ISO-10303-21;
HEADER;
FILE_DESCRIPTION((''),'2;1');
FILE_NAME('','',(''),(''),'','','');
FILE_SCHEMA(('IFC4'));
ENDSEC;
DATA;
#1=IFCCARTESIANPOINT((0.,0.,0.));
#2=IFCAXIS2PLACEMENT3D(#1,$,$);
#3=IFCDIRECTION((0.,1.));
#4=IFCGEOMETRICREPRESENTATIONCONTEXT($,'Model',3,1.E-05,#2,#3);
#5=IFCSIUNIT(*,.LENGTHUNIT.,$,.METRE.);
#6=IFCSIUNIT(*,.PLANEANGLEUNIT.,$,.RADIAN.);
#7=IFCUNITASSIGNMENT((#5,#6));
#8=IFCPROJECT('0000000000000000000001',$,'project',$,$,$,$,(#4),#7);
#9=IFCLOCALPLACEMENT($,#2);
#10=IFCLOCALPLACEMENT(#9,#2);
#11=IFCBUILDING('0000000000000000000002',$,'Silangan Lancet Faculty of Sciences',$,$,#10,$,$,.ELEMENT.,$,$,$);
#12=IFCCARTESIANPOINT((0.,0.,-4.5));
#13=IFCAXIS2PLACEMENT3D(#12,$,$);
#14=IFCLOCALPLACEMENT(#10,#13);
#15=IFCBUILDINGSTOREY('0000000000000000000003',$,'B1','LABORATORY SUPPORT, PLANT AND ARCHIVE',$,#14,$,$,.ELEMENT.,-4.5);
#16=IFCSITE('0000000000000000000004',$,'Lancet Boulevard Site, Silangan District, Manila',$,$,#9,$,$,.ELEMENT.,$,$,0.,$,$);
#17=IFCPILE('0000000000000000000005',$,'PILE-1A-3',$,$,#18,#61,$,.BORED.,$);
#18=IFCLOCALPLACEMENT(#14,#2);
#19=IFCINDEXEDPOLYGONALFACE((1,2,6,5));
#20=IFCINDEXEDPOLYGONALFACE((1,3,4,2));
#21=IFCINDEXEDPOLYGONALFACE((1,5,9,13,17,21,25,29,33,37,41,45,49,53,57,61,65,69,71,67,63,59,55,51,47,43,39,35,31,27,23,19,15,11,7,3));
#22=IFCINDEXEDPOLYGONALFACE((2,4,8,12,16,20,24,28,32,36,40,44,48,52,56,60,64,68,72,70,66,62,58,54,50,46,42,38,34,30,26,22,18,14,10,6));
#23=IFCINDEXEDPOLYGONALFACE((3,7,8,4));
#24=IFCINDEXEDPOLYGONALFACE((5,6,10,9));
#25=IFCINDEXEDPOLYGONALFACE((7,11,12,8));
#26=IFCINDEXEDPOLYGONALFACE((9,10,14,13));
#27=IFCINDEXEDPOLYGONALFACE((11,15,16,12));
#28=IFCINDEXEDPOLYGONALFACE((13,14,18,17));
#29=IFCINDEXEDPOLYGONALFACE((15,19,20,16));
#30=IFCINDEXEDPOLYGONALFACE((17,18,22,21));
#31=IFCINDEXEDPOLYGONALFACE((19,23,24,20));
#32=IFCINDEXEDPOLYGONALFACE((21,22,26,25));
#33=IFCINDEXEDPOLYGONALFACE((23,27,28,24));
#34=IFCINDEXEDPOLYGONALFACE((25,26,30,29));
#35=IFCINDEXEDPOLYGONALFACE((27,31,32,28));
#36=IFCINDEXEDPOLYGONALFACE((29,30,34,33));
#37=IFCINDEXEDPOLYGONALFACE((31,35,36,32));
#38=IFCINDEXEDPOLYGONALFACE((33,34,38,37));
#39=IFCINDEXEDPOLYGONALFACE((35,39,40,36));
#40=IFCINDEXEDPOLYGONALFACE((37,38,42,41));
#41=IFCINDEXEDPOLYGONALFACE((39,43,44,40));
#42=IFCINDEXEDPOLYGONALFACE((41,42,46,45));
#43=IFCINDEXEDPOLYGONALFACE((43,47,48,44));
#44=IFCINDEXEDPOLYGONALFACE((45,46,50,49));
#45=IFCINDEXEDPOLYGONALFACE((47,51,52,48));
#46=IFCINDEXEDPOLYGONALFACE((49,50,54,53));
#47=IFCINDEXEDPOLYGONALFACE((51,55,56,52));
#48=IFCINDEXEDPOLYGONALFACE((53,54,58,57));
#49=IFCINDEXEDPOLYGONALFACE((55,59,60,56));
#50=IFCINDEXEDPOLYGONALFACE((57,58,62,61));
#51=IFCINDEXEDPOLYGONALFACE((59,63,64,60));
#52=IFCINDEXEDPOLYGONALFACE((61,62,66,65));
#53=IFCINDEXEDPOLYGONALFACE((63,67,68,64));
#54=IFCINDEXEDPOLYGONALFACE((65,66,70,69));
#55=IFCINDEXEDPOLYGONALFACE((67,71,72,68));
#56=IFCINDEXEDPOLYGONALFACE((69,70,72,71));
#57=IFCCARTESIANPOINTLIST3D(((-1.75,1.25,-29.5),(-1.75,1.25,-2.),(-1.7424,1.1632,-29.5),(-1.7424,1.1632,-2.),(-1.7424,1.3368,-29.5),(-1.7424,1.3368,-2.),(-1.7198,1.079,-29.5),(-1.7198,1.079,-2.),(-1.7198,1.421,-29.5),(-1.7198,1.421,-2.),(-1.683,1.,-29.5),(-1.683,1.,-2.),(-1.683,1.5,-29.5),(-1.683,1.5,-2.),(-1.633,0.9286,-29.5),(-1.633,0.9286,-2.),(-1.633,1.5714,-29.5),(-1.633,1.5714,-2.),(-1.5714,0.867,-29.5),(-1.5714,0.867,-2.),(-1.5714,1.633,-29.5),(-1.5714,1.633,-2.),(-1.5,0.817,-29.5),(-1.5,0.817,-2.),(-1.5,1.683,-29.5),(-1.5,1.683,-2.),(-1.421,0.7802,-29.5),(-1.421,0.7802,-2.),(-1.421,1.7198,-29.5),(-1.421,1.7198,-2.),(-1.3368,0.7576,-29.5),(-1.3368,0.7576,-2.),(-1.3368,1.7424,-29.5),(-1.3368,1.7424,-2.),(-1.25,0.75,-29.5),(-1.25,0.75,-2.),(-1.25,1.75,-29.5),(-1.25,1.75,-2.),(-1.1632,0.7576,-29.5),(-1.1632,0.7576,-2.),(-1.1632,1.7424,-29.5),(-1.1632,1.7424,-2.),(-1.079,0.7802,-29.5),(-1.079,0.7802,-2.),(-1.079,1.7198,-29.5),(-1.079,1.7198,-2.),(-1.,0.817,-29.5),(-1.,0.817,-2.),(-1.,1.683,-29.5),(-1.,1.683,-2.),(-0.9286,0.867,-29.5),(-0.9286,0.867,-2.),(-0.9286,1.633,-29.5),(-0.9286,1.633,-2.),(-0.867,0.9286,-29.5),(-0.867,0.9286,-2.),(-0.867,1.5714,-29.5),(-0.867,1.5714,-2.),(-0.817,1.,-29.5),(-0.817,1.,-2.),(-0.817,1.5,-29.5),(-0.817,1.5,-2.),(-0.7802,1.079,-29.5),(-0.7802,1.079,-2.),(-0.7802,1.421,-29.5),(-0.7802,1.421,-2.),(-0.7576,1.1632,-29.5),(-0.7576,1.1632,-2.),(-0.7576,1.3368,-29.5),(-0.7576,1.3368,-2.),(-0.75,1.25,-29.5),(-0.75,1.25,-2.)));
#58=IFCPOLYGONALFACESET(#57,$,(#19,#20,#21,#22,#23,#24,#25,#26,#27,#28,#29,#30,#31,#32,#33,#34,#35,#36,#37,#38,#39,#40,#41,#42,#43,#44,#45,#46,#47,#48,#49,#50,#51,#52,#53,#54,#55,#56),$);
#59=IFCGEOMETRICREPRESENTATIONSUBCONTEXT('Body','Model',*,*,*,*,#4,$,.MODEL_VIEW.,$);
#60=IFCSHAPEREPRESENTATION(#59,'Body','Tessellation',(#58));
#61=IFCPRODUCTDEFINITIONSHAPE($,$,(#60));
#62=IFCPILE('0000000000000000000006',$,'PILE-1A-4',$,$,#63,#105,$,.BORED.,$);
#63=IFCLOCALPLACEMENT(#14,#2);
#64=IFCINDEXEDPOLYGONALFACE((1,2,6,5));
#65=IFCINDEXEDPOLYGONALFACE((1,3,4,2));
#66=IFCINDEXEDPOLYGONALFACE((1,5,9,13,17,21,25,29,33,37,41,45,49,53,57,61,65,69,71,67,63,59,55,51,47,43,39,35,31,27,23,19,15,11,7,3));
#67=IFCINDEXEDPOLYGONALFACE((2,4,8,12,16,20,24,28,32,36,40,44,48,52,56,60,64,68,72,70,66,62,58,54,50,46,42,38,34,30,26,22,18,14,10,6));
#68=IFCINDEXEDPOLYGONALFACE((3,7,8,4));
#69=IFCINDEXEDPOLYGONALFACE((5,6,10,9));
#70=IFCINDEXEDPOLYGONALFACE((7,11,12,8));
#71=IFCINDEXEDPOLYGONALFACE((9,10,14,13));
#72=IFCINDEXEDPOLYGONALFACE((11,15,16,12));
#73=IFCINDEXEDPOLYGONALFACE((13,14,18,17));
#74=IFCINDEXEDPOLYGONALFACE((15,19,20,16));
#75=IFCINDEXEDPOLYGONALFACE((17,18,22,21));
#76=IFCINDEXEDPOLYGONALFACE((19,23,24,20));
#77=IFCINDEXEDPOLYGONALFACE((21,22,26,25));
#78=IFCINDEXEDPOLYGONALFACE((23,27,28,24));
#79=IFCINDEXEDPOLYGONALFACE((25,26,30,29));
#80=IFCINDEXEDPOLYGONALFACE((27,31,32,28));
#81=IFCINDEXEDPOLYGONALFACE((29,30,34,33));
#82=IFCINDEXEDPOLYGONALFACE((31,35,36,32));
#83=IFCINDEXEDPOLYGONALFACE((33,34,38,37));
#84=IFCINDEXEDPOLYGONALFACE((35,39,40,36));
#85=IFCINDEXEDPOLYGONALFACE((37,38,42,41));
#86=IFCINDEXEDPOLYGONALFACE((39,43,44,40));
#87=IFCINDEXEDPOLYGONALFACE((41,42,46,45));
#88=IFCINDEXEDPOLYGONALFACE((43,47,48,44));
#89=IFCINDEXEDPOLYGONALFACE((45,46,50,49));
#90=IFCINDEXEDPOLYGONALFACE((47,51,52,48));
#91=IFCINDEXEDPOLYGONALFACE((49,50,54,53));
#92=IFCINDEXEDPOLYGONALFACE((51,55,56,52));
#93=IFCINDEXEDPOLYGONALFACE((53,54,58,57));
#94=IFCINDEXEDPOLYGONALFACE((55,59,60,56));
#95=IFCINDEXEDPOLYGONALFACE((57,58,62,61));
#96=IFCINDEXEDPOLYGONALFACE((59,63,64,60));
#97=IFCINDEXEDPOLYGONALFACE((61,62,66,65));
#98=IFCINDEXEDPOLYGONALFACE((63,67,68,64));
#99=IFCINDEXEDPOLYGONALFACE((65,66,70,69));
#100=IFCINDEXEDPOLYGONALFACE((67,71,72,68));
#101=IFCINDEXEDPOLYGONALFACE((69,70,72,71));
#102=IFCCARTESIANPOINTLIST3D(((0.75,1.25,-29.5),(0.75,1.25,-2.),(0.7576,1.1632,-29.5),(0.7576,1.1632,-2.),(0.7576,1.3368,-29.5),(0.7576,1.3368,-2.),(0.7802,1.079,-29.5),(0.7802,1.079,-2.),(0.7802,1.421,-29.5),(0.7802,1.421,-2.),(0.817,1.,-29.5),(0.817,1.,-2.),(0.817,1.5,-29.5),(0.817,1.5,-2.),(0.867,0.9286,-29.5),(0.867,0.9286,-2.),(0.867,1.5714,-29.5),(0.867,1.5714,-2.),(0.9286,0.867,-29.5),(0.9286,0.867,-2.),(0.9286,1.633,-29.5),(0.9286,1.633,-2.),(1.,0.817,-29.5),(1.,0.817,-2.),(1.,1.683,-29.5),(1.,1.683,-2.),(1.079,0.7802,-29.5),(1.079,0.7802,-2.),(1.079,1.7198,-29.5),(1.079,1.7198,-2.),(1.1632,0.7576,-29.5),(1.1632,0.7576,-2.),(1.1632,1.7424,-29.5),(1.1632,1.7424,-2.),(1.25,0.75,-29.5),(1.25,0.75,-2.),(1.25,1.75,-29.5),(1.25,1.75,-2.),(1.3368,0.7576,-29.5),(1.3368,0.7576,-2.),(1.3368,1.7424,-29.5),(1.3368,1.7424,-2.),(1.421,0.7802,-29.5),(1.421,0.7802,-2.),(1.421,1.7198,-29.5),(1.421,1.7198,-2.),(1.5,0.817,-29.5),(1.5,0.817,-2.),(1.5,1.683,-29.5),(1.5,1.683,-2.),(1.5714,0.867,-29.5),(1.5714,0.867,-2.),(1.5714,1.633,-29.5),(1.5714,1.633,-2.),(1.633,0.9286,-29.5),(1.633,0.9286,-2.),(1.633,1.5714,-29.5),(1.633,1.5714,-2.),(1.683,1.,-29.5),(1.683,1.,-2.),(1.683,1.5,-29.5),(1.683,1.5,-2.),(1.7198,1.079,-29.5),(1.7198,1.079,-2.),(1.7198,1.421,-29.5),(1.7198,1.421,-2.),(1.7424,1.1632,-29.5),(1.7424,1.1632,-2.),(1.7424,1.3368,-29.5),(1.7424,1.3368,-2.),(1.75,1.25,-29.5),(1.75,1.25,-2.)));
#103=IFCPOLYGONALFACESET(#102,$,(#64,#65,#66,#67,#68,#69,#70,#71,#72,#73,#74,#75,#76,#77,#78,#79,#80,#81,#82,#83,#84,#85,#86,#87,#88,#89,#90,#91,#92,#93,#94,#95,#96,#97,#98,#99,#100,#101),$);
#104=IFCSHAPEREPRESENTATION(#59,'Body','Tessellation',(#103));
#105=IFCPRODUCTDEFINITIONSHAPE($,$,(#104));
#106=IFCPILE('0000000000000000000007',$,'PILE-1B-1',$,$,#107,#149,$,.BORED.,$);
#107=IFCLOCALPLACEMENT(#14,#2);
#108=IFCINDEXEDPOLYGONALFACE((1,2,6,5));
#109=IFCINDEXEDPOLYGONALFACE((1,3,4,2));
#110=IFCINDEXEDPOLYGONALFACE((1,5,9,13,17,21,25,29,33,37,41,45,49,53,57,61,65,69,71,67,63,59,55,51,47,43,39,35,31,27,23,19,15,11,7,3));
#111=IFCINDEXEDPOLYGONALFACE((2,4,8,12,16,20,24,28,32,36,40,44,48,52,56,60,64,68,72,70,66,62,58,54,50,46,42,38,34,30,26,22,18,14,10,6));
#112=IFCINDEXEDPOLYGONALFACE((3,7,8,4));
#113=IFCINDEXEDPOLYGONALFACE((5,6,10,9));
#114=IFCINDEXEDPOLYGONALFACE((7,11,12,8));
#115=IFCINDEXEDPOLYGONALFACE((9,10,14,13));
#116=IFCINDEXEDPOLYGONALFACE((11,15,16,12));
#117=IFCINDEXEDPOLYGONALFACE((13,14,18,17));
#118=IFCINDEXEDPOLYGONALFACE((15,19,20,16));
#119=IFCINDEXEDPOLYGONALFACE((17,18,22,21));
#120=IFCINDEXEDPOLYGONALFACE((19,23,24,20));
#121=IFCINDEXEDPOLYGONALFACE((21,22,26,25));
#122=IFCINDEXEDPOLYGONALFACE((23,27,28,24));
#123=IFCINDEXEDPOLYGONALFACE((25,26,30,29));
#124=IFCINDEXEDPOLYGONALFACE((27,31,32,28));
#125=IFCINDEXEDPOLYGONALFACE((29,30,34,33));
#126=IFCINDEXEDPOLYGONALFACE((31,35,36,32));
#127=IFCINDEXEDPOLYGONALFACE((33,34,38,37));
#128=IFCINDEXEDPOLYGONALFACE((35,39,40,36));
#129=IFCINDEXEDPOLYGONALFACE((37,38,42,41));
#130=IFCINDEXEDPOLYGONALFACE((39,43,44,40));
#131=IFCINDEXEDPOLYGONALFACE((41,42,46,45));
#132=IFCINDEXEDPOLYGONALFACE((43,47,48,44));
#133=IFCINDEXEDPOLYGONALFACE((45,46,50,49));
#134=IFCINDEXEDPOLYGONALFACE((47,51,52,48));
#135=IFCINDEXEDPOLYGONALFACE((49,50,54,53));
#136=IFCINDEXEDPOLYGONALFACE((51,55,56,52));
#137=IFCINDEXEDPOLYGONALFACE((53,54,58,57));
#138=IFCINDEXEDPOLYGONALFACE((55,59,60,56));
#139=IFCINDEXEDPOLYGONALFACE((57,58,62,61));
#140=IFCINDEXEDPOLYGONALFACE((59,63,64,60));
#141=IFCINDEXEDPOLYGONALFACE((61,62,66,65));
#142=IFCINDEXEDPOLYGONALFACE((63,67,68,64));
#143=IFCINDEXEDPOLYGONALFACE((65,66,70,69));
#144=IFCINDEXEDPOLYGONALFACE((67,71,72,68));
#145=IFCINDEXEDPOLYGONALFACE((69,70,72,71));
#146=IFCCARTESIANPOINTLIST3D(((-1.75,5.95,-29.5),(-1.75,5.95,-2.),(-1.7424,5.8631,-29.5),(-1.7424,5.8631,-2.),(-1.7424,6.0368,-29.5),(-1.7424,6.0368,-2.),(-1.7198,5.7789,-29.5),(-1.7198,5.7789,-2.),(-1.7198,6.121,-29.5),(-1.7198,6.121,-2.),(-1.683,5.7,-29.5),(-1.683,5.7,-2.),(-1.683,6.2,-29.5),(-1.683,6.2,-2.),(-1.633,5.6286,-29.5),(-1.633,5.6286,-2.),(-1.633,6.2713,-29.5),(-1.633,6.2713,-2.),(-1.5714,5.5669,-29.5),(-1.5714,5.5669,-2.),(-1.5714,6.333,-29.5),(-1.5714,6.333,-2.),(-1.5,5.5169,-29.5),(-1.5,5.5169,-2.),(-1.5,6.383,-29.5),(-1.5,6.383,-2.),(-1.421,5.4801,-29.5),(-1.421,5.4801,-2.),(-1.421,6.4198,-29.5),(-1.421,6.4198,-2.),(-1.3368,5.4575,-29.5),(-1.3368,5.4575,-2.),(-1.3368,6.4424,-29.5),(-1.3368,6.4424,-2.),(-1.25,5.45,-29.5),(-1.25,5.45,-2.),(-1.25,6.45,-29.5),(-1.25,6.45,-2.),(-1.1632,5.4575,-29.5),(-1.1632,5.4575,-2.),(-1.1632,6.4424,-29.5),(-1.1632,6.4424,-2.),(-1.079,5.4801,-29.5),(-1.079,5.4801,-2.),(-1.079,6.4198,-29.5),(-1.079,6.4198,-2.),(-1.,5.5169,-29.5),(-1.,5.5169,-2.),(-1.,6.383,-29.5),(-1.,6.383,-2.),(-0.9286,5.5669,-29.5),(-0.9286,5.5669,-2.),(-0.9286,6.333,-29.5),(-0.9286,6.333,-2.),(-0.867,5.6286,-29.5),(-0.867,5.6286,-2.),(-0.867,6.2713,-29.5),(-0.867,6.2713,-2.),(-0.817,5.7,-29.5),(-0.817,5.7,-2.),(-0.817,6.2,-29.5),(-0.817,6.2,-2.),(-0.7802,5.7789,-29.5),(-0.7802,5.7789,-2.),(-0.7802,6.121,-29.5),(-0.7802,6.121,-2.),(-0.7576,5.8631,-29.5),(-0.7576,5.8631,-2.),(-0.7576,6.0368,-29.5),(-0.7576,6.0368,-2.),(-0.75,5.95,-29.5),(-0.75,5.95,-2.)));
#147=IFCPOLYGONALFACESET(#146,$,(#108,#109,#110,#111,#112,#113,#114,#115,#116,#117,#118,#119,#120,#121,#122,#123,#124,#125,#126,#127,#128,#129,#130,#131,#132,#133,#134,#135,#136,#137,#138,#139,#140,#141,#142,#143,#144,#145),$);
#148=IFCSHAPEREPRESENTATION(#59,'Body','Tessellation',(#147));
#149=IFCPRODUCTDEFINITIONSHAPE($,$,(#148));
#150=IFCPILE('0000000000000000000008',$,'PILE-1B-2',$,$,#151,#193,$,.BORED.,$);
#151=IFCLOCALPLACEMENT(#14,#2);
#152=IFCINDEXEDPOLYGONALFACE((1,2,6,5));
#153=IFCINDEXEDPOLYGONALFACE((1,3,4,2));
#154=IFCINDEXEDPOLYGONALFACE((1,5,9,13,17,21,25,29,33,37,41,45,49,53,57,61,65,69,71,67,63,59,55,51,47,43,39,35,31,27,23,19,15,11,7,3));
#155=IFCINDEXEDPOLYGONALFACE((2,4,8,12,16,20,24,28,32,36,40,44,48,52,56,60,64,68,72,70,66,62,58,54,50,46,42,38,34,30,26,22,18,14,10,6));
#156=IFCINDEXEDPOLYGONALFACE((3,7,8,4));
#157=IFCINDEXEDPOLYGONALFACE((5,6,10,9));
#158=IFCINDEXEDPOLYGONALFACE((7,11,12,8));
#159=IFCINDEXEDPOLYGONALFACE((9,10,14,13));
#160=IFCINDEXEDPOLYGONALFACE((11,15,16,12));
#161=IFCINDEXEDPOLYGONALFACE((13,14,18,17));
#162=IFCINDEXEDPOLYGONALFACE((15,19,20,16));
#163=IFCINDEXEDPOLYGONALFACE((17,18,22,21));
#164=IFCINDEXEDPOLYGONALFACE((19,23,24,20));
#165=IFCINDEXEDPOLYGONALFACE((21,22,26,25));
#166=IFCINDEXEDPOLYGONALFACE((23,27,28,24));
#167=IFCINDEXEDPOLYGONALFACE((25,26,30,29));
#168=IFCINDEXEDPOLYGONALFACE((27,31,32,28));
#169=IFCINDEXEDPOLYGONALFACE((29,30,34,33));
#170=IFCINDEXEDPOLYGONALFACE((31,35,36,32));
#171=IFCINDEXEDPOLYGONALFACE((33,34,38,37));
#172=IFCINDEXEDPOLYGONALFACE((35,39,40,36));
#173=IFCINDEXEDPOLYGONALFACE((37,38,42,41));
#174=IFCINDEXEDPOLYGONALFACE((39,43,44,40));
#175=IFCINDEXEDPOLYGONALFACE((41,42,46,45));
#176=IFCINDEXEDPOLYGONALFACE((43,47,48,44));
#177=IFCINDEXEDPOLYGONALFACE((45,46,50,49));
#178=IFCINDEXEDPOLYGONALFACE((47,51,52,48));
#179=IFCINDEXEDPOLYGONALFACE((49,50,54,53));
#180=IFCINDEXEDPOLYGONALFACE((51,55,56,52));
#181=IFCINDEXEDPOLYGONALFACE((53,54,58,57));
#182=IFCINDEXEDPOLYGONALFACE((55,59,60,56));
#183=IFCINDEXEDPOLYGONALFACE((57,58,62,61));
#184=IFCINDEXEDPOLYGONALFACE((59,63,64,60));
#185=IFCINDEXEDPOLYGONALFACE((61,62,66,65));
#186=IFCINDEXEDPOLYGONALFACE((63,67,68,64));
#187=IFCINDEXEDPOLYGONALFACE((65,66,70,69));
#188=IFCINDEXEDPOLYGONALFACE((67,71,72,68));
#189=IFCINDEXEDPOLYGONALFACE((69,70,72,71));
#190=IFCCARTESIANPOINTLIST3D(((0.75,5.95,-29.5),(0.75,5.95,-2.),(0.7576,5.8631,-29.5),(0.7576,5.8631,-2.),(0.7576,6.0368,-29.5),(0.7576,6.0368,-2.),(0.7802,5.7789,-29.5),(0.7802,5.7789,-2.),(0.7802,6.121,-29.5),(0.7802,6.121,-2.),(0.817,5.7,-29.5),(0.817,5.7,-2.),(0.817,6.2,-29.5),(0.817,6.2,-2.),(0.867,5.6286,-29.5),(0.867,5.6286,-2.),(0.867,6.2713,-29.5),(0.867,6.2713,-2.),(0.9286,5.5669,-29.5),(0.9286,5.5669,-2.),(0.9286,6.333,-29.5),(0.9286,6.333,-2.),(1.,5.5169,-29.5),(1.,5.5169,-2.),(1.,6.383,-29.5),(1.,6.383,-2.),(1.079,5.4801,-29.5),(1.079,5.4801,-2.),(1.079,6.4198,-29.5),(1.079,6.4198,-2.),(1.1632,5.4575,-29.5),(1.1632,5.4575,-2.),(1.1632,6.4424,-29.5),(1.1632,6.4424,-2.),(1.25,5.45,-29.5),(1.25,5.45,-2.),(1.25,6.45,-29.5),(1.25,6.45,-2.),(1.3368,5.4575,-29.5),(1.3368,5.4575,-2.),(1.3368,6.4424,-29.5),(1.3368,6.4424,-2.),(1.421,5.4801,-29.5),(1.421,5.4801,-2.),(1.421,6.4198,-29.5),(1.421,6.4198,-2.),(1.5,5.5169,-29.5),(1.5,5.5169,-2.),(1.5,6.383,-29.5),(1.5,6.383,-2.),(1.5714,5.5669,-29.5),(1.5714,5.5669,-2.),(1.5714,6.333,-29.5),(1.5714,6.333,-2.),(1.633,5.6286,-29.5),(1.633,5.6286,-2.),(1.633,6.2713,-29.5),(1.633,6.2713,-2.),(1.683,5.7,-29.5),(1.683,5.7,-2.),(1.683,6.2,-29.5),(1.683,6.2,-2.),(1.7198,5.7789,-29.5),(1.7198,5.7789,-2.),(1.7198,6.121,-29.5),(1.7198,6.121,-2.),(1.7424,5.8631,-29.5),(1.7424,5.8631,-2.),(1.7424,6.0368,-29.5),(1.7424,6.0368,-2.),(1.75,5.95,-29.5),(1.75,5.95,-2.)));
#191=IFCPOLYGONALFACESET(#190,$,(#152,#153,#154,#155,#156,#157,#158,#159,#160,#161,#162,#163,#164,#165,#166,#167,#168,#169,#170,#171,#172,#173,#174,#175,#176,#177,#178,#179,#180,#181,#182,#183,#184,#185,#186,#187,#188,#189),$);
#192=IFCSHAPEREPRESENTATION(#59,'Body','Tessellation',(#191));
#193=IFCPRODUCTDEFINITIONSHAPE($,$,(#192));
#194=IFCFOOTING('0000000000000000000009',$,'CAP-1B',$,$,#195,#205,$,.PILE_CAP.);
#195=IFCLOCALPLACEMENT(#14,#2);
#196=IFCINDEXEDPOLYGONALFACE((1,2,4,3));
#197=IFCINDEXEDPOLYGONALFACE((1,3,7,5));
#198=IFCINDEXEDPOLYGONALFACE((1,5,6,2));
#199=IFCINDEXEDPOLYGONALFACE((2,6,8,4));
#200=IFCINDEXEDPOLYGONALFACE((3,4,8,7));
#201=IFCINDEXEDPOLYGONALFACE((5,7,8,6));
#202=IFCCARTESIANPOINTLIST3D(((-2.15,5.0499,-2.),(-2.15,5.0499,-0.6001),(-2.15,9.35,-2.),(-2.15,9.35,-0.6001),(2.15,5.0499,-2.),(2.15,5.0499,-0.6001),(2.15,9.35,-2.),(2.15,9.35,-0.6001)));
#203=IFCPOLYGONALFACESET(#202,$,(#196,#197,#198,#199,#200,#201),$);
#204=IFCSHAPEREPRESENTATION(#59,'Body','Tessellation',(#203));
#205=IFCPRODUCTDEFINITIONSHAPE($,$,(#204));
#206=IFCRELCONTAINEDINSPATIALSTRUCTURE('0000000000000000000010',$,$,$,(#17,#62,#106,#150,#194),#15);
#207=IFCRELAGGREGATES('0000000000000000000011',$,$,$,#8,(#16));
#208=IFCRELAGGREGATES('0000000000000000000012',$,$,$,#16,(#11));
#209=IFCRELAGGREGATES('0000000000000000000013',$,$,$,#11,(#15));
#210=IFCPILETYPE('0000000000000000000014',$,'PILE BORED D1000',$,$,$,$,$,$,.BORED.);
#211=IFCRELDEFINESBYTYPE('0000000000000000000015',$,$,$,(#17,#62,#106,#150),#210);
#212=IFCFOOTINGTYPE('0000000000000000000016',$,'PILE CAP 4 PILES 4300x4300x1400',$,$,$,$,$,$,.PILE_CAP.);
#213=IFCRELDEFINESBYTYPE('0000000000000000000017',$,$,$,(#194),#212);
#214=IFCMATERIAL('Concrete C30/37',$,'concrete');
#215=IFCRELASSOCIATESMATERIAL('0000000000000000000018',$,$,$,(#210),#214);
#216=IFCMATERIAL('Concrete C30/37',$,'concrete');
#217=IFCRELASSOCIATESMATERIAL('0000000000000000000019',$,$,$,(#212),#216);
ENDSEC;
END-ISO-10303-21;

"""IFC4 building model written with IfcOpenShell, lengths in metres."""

from ifc_helpers import new_model, si_unit, direction, frame, origin, origin_2d, place, context, subcontext, project, spatial, rectangle, circle, extrude, material, material_profile, profile_set, type_object, element, save


model = new_model("IFC4")

# Units and contexts
model_context = context("Model", 3, precision=1e-05, world=origin(), true_north=direction((0.0, 1.0)))
body_context = subcontext(model_context, "Body", "Model", "MODEL_VIEW")
ifc_project = project(units=[si_unit("LENGTHUNIT", "METRE"), si_unit("PLANEANGLEUNIT", "RADIAN")], contexts=[model_context])

# Site, building, storey
site_placement = place(None, origin())
site = spatial("IfcSite", under=ifc_project, at=site_placement, Name="Lancet Boulevard Site, Silangan District, Manila", CompositionType="ELEMENT", RefElevation=0.0)
building_placement = place(site_placement, origin())
building = spatial("IfcBuilding", under=site, at=building_placement, Name="Silangan Lancet Faculty of Sciences", CompositionType="ELEMENT")
storey_placement = place(building_placement, frame((0.0, 0.0, -4.5)))
storey = spatial("IfcBuildingStorey", under=building, at=storey_placement, Name="B1", Description="LABORATORY SUPPORT, PLANT AND ARCHIVE", CompositionType="ELEMENT", Elevation=-4.5)

# Piles
ifc_material_1 = material(Name="Concrete C30/37", Category="concrete")
ifc_material_profile_1 = material_profile(ifc_material_1, circle(Radius=0.5, at=origin_2d()), Name="BORED PILE D1000")
ifc_profile_set_1 = profile_set([ifc_material_profile_1], Name="Concrete C30/37")
pile_type = type_object("IfcPileType", Name="PILE BORED D1000", PredefinedType="BORED", material=ifc_profile_set_1)
for number, where, z_axis, x_axis, name in (
    (1, (-1.25, 1.25, -2.0), (0.0, 0.0, -1.0), (1.0, 0.0, 0.0), "PILE-1A-3"),
    (2, (1.25, 1.25, -2.0), (0.0, 0.0, -1.0), (1.0, 0.0, 0.0), "PILE-1A-4"),
    (3, (-1.25, 5.95, -2.0), (0.0, 0.0, -1.0), (1.0, 0.0, 0.0), "PILE-1B-1"),
    (4, (1.25, 5.95, -2.0), (0.0, 0.0, -1.0), (1.0, 0.0, 0.0), "PILE-1B-2"),
):
    element("IfcPile", number, at=place(storey_placement, frame(where, z_axis=z_axis, x_axis=x_axis)), inside=storey, type_object=pile_type, Name=name, PredefinedType="BORED", context=body_context, shape_type="SweptSolid", body=[
        extrude(circle(Radius=0.5, at=origin_2d()), origin(), (0.0, 0.0, 1.0), 27.5),
    ])

# Footing
ifc_material_2 = material(Name="Concrete C30/37", Category="concrete")
footing_type_1 = type_object("IfcFootingType", Name="PILE CAP 4 PILES 4300x4300x1400", PredefinedType="PILE_CAP", material=ifc_material_2)
footing_placement = place(storey_placement, frame((0.0, 7.2, -2.0), z_axis=(0.0, 0.0, 1.0), x_axis=(1.0, 0.0, 0.0)))
element("IfcFooting", 5, at=footing_placement, inside=storey, type_object=footing_type_1, Name="CAP-1B", PredefinedType="PILE_CAP", context=body_context, shape_type="SweptSolid", body=[
    extrude(rectangle(XDim=4.3, YDim=4.3, at=origin_2d()), origin(), (0.0, 0.0, 1.0), 1.3999),
])

save(model, "model.ifc")
